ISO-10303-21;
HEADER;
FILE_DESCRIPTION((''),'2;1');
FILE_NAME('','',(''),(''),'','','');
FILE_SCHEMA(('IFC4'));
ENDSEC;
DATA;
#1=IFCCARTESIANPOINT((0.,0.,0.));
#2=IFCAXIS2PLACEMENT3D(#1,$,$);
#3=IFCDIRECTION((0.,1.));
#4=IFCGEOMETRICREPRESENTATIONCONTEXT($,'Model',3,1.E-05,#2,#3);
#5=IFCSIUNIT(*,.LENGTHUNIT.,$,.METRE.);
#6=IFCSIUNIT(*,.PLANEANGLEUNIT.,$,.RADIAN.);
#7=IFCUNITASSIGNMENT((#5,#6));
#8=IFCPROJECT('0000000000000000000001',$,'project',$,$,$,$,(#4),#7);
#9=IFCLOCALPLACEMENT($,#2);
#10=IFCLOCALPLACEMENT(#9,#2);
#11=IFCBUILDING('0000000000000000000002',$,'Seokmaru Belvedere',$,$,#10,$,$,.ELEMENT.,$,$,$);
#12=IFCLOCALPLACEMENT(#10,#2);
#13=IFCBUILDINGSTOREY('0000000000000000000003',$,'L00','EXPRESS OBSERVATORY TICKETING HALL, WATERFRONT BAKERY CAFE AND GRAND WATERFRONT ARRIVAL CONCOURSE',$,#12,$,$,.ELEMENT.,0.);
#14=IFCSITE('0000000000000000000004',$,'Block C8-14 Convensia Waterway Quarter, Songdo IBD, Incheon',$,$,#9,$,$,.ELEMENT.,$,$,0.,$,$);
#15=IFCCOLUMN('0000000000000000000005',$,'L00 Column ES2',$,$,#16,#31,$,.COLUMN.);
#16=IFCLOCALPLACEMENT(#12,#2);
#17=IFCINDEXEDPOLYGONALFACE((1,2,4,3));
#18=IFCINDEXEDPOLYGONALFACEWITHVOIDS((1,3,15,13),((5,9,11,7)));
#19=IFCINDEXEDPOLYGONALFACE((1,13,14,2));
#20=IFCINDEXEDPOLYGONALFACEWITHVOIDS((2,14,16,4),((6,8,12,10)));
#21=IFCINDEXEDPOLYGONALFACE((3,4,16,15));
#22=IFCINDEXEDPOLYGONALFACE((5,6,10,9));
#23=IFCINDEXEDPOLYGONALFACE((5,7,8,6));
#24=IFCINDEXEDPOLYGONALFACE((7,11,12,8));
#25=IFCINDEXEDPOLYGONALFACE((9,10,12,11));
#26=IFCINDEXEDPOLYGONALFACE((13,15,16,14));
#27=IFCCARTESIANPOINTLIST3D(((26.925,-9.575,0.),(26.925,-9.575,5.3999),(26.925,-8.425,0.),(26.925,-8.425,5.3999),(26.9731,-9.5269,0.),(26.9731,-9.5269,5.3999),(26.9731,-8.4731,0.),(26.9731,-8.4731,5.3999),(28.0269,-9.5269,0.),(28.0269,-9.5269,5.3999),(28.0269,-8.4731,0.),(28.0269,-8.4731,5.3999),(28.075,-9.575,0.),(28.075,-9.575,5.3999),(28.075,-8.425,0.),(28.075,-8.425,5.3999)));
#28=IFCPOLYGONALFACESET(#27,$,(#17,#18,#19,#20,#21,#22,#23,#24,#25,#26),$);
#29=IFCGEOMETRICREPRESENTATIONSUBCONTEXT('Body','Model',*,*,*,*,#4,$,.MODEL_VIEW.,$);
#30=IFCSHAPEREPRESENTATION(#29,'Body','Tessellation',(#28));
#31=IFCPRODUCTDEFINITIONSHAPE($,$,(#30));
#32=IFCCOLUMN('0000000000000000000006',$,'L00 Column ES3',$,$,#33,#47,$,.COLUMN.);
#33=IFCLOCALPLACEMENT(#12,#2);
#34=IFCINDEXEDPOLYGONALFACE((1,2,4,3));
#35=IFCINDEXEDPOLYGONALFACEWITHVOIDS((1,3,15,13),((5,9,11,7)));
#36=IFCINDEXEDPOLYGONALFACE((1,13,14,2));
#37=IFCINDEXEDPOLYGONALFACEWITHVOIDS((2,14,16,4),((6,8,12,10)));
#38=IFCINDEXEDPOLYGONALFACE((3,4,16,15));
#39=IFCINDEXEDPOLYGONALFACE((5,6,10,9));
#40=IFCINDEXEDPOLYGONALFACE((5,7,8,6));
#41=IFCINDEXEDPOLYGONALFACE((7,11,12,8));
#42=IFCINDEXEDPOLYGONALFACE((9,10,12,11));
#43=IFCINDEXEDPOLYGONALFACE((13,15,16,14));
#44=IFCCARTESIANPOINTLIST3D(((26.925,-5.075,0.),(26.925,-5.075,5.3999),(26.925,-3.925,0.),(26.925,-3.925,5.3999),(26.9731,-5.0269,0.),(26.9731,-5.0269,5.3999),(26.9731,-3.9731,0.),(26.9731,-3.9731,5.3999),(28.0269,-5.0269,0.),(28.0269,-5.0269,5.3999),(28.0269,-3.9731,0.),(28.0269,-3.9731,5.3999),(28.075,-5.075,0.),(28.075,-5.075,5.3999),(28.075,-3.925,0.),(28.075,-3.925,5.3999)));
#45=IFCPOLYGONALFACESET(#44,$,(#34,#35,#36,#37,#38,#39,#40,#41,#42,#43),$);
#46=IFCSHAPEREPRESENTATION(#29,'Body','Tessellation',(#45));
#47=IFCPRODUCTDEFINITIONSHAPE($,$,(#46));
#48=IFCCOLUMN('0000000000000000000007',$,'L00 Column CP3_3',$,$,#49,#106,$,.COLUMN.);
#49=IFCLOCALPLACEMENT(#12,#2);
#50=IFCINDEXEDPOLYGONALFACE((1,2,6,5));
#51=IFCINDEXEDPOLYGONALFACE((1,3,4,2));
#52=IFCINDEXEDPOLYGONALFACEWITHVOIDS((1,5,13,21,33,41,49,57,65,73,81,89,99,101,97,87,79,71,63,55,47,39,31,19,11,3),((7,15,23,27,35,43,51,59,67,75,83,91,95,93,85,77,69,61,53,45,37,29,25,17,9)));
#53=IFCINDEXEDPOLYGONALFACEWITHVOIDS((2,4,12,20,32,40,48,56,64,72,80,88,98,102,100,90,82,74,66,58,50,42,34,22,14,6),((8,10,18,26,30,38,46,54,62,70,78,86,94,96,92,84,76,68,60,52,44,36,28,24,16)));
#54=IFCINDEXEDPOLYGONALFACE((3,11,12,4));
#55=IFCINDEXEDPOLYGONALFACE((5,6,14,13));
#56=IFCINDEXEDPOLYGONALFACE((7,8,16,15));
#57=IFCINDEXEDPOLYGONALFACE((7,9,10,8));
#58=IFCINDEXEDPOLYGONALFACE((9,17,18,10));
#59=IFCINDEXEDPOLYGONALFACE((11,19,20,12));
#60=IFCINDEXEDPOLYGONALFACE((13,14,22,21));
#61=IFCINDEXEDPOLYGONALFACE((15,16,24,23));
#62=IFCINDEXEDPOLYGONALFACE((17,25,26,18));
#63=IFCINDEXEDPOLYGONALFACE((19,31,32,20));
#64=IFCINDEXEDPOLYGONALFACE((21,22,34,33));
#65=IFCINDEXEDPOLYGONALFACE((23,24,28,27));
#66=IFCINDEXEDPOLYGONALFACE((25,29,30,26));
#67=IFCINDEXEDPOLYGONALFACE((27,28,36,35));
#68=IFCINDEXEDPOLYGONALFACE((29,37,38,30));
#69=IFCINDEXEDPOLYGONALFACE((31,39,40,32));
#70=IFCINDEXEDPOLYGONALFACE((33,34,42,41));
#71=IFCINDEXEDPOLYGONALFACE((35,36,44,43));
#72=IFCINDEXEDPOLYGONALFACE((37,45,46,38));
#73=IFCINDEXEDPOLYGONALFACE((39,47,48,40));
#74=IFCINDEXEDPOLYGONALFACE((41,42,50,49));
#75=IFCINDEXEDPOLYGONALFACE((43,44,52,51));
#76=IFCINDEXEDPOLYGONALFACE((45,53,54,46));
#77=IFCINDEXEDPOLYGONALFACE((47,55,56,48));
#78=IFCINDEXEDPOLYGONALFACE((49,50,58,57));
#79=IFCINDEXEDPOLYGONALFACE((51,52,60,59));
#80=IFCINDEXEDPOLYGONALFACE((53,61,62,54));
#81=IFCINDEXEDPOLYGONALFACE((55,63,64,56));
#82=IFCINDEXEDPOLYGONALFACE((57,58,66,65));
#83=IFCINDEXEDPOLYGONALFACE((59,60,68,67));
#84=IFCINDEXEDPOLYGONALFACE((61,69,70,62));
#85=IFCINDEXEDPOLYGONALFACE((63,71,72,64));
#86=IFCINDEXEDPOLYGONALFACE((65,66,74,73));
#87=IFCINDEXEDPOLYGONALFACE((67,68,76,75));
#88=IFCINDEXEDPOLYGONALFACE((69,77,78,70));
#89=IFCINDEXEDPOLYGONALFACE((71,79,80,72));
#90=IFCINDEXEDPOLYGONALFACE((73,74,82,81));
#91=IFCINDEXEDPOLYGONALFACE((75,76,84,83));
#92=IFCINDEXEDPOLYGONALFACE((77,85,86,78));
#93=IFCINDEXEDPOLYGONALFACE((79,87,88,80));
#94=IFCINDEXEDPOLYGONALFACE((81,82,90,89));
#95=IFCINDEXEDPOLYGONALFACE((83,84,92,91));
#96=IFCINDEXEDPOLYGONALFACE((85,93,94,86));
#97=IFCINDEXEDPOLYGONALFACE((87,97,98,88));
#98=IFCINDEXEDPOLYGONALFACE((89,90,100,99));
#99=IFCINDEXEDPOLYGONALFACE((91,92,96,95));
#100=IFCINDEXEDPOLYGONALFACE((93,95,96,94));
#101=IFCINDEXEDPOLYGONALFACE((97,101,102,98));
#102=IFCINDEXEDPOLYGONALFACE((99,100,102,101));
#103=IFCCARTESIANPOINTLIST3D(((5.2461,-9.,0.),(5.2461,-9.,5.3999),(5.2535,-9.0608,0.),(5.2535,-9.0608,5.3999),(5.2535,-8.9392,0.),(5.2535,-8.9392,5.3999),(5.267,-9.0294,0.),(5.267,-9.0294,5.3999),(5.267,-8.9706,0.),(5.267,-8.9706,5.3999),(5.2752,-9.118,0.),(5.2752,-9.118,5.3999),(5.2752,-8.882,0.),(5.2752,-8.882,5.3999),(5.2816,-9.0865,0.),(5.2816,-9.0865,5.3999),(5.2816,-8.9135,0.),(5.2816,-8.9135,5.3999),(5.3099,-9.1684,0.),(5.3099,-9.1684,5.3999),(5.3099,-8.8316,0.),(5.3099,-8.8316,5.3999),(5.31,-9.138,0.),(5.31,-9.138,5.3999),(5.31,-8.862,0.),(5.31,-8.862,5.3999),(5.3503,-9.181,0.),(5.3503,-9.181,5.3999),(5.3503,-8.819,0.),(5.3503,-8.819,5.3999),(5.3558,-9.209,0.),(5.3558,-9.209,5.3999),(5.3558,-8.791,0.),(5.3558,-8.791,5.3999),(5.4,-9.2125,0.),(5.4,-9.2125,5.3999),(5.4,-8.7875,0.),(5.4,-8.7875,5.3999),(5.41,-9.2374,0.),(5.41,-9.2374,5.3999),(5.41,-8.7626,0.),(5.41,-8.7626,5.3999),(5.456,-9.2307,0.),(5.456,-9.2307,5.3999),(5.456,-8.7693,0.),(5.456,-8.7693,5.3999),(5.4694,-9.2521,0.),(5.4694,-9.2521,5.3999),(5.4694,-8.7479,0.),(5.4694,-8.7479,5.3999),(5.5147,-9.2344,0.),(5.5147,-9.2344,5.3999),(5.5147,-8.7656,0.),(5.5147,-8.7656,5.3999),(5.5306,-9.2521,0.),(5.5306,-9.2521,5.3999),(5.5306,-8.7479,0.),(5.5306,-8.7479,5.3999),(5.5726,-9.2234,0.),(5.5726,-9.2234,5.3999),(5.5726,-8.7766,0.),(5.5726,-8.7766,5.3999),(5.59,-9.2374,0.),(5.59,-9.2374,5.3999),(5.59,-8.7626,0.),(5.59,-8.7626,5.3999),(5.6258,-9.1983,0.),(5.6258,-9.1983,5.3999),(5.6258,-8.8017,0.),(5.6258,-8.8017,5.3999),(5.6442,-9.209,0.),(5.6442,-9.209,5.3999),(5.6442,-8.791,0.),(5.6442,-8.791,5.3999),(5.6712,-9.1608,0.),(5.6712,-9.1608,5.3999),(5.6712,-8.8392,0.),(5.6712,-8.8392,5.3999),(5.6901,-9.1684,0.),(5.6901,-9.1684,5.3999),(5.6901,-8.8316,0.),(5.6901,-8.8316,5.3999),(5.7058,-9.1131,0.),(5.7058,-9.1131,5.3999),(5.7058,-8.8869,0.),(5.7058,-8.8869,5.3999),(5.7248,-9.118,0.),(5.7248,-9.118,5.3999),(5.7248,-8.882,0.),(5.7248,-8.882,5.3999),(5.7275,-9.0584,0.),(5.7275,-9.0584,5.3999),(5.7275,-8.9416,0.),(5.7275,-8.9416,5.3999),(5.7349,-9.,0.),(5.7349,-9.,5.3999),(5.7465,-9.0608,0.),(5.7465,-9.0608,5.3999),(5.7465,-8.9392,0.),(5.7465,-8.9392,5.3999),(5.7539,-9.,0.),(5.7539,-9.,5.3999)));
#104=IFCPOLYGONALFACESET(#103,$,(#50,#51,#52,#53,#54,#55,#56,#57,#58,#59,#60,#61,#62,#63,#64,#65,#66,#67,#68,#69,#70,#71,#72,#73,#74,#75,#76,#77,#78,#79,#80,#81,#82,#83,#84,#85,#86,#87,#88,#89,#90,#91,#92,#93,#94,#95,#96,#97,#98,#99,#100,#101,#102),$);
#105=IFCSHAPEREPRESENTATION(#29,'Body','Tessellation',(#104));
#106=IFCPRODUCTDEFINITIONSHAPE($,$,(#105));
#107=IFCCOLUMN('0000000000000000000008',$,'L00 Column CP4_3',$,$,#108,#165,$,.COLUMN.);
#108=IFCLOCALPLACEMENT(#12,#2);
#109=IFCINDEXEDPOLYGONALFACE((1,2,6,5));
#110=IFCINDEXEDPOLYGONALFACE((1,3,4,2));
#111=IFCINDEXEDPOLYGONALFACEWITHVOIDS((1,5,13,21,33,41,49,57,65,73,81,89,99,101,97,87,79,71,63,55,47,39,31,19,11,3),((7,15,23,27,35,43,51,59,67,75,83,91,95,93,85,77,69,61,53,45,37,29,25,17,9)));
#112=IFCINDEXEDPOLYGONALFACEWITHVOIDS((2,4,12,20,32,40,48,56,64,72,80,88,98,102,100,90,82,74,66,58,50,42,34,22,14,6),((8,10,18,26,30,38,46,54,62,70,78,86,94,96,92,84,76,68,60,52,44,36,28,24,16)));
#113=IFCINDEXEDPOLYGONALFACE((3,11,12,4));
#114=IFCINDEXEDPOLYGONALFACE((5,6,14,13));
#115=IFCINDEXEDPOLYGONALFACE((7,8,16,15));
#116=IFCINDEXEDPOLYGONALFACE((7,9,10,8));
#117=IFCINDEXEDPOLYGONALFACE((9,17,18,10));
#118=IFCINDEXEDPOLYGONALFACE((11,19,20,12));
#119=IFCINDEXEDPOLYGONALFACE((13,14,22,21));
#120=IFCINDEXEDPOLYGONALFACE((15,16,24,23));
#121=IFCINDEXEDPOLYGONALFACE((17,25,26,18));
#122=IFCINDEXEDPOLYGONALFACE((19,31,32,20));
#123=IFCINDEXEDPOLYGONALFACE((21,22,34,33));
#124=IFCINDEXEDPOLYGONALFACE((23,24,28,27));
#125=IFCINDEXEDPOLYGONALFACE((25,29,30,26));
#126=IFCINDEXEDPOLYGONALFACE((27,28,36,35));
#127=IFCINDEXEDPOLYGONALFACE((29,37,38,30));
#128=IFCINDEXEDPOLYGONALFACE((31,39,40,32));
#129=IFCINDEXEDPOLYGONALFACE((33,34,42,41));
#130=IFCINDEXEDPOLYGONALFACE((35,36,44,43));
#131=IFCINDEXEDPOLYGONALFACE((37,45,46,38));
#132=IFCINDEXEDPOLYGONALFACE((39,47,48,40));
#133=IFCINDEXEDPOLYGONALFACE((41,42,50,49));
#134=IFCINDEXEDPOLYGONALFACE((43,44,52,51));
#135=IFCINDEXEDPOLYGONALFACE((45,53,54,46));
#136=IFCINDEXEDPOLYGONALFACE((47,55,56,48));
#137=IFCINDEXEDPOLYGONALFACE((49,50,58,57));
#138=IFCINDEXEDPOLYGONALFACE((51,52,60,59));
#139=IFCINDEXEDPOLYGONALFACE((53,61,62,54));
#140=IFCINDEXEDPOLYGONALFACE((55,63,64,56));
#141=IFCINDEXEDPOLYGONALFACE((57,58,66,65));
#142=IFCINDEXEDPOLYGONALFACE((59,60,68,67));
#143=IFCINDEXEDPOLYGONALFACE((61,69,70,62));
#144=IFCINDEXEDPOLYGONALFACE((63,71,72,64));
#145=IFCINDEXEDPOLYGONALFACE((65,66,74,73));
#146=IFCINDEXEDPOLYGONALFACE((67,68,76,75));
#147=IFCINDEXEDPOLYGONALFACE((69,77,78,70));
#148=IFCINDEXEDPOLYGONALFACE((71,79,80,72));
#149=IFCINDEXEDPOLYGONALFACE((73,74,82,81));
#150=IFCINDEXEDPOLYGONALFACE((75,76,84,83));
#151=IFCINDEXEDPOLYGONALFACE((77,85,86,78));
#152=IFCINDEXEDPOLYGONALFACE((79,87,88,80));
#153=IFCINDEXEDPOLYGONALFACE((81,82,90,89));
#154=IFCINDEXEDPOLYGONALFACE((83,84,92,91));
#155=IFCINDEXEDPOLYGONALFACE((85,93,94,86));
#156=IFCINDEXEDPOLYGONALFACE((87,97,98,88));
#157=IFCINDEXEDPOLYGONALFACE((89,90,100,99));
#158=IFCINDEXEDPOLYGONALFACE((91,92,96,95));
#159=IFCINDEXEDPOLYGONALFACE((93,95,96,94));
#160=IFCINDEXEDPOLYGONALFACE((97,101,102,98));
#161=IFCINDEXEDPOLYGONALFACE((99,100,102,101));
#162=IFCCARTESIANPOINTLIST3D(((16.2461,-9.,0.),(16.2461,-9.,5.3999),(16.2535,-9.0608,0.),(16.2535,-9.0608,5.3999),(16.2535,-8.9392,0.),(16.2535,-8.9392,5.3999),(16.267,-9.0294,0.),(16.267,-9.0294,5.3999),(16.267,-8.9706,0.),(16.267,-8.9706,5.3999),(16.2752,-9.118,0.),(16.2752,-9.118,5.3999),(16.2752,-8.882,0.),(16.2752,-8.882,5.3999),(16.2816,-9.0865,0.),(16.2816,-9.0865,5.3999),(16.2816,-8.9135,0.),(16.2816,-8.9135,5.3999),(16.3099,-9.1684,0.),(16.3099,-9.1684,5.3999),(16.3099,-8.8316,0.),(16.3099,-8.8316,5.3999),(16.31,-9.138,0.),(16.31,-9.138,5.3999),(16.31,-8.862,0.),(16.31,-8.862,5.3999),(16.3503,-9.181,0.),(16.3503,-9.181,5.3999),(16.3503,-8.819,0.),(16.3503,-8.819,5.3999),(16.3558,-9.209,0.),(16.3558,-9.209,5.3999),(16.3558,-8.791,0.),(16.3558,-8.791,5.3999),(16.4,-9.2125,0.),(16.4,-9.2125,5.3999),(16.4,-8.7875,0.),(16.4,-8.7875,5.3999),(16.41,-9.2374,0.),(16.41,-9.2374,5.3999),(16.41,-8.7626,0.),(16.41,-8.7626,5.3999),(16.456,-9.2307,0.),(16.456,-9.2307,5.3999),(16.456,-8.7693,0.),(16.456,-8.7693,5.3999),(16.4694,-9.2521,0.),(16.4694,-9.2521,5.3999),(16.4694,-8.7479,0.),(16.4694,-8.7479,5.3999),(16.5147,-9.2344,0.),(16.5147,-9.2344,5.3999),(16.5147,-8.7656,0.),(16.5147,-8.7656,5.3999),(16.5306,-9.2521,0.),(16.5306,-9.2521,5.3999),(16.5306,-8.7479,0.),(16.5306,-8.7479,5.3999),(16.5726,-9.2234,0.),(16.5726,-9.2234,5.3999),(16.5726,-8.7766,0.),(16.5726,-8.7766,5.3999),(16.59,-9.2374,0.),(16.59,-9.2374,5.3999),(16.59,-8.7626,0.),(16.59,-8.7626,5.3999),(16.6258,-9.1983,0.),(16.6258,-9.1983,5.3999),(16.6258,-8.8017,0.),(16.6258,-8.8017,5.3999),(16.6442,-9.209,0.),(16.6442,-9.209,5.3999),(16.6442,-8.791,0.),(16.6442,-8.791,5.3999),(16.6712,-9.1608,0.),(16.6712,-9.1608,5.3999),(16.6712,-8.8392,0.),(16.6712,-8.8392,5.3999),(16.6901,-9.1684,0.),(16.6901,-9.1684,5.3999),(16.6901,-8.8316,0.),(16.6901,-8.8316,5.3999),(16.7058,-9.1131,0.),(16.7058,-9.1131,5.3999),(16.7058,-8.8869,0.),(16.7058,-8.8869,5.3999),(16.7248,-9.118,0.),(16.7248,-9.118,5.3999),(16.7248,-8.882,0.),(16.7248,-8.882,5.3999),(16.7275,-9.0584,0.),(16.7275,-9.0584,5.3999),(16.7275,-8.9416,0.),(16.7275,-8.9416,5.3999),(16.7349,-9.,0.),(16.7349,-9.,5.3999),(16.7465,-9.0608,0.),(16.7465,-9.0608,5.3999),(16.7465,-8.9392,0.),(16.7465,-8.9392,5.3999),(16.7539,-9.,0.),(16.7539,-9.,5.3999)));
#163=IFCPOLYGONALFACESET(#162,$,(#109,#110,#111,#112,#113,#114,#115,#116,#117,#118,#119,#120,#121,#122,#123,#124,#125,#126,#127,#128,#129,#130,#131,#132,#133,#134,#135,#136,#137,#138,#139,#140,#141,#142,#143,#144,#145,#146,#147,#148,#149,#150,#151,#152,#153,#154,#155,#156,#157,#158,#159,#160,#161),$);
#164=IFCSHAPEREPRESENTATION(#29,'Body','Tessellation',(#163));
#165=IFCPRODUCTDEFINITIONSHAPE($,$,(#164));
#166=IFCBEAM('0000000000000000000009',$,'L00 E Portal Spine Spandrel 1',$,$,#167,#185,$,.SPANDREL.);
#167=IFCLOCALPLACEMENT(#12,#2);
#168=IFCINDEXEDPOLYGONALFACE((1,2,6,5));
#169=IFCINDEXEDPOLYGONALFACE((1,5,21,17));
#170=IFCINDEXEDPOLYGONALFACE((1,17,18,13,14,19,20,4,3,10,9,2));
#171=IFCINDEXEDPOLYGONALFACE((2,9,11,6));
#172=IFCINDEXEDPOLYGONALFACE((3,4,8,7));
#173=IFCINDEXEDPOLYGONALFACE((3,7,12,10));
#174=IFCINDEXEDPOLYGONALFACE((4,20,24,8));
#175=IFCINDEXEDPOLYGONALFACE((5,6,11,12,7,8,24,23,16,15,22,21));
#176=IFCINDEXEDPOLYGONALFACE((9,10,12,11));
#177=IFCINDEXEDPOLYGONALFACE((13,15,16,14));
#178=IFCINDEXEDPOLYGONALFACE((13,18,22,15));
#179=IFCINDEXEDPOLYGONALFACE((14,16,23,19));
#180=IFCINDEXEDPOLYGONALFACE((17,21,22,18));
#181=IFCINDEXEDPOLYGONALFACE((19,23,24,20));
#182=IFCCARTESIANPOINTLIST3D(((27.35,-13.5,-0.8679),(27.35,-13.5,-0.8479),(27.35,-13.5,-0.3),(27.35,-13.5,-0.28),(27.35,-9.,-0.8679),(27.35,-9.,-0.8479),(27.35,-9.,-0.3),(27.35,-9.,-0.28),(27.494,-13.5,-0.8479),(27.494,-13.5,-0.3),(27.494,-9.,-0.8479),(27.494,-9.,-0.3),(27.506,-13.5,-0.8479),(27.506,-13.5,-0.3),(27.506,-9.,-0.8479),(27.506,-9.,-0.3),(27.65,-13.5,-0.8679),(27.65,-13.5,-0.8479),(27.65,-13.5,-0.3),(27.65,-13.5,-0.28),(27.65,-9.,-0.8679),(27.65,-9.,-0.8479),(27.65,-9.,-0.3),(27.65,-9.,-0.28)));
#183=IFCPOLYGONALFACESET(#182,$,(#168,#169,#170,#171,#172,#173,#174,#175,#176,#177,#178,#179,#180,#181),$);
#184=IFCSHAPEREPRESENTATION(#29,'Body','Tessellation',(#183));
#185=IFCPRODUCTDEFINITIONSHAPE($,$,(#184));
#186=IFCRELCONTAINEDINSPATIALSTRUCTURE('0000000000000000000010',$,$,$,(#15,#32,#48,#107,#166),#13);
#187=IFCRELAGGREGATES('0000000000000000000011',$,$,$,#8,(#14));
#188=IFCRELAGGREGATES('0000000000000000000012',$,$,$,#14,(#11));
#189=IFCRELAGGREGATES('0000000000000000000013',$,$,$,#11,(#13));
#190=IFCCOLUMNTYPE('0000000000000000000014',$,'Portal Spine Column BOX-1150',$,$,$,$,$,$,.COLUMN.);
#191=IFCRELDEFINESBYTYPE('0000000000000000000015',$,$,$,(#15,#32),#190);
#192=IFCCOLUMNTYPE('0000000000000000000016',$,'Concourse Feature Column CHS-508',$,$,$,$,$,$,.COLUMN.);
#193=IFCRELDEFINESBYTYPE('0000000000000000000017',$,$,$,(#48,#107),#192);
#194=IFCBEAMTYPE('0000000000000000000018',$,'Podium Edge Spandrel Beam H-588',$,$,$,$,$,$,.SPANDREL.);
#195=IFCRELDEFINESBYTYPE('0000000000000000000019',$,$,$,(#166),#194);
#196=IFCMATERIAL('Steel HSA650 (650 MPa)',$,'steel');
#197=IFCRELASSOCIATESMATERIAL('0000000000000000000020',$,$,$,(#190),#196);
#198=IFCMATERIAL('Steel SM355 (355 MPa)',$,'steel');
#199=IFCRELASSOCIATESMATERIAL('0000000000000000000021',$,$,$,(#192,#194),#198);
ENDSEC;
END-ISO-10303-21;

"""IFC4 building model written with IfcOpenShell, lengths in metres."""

from ifc_helpers import new_model, si_unit, direction, frame, origin, origin_2d, place, context, subcontext, project, spatial, hollow_rectangle, hollow_circle, i_section, extrude, source, transform, mapped, material, material_profile, profile_set, type_object, type_shapes, element, save


model = new_model("IFC4")

# Units and contexts
model_context = context("Model", 3, precision=1e-05, world=origin(), true_north=direction((0.0, 1.0)))
body_context = subcontext(model_context, "Body", "Model", "MODEL_VIEW")
ifc_project = project(units=[si_unit("LENGTHUNIT", "METRE"), si_unit("PLANEANGLEUNIT", "RADIAN")], contexts=[model_context])

# Site, building, storey
site_placement = place(None, origin())
site = spatial("IfcSite", under=ifc_project, at=site_placement, Name="Block C8-14 Convensia Waterway Quarter, Songdo IBD, Incheon", CompositionType="ELEMENT", RefElevation=0.0)
building_placement = place(site_placement, origin())
building = spatial("IfcBuilding", under=site, at=building_placement, Name="Seokmaru Belvedere", CompositionType="ELEMENT")
storey_placement = place(building_placement, origin())
storey = spatial("IfcBuildingStorey", under=building, at=storey_placement, Name="L00", Description="EXPRESS OBSERVATORY TICKETING HALL, WATERFRONT BAKERY CAFE AND GRAND WATERFRONT ARRIVAL CONCOURSE", CompositionType="ELEMENT", Elevation=0.0)

# Columns
ifc_material_1 = material(Name="Steel HSA650 (650 MPa)", Category="steel")
ifc_material_profile_1 = material_profile(ifc_material_1, hollow_rectangle(XDim=1.1499, YDim=1.1499, WallThickness=0.0481, at=origin_2d()), Name="BOX-1150x1150x48")
ifc_profile_set_1 = profile_set([ifc_material_profile_1], Name="Steel HSA650 (650 MPa)")
column_type_1 = type_object("IfcColumnType", Name="Portal Spine Column BOX-1150", PredefinedType="COLUMN", material=ifc_profile_set_1)
shared_shape_1 = source(origin(), body_context, "Body", "SweptSolid", [
    extrude(hollow_rectangle(XDim=1.1499, YDim=1.1499, WallThickness=0.0481, at=origin_2d()), origin(), (0.0, 0.0, 1.0), 5.3999),
])
type_shapes(column_type_1, [shared_shape_1])
for number, where, z_axis, x_axis, name in (
    (1, (27.5, -9.0, 0.0), (0.0, 0.0, 1.0), (1.0, 0.0, 0.0), "L00 Column ES2"),
    (2, (27.5, -4.5, 0.0), (0.0, 0.0, 1.0), (1.0, 0.0, 0.0), "L00 Column ES3"),
):
    element("IfcColumn", number, at=place(storey_placement, frame(where, z_axis=z_axis, x_axis=x_axis)), inside=storey, type_object=column_type_1, Name=name, PredefinedType="COLUMN", context=body_context, shape_type="MappedRepresentation", body=[
        mapped(shared_shape_1, transform((0.0, 0.0, 0.0), scale=1.0)),
    ])
ifc_material_2 = material(Name="Steel SM355 (355 MPa)", Category="steel")
ifc_material_profile_2 = material_profile(ifc_material_2, hollow_circle(Radius=0.2539, WallThickness=0.019, at=origin_2d()), Name="CHS-508.0x19.0")
ifc_profile_set_2 = profile_set([ifc_material_profile_2], Name="Steel SM355 (355 MPa)")
column_type_2 = type_object("IfcColumnType", Name="Concourse Feature Column CHS-508", PredefinedType="COLUMN", material=ifc_profile_set_2)
shared_shape_2 = source(origin(), body_context, "Body", "SweptSolid", [
    extrude(hollow_circle(Radius=0.2539, WallThickness=0.019, at=origin_2d()), origin(), (0.0, 0.0, 1.0), 5.3999),
])
type_shapes(column_type_2, [shared_shape_2])
for number, where, z_axis, x_axis, name in (
    (3, (5.5, -9.0, 0.0), (0.0, 0.0, 1.0), (1.0, 0.0, 0.0), "L00 Column CP3_3"),
    (4, (16.5, -9.0, 0.0), (0.0, 0.0, 1.0), (1.0, 0.0, 0.0), "L00 Column CP4_3"),
):
    element("IfcColumn", number, at=place(storey_placement, frame(where, z_axis=z_axis, x_axis=x_axis)), inside=storey, type_object=column_type_2, Name=name, PredefinedType="COLUMN", context=body_context, shape_type="MappedRepresentation", body=[
        mapped(shared_shape_2, transform((0.0, 0.0, 0.0), scale=1.0)),
    ])

# Beam
ifc_material_profile_3 = material_profile(ifc_material_2, i_section(OverallWidth=0.3, OverallDepth=0.5879, WebThickness=0.012, FlangeThickness=0.02, at=origin_2d()), Name="H-588x300x12x20")
ifc_profile_set_3 = profile_set([ifc_material_profile_3], Name="Steel SM355 (355 MPa)")
beam_type_1 = type_object("IfcBeamType", Name="Podium Edge Spandrel Beam H-588", PredefinedType="SPANDREL", material=ifc_profile_set_3)
shared_shape_3 = source(origin(), body_context, "Body", "SweptSolid", [
    extrude(i_section(OverallWidth=0.3, OverallDepth=0.5879, WebThickness=0.012, FlangeThickness=0.02, at=origin_2d()), origin(), (0.0, 0.0, 1.0), 4.5),
])
for number, where, z_axis, x_axis, name in (
    (5, (27.5, -13.5, -0.574), (0.0, 1.0, 0.0), (-1.0, 0.0, 0.0), "L00 E Portal Spine Spandrel 1"),
):
    element("IfcBeam", number, at=place(storey_placement, frame(where, z_axis=z_axis, x_axis=x_axis)), inside=storey, type_object=beam_type_1, Name=name, PredefinedType="SPANDREL", context=body_context, shape_type="MappedRepresentation", body=[
        mapped(shared_shape_3, transform((0.0, 0.0, 0.0), scale=1.0)),
    ])

save(model, "model.ifc")
